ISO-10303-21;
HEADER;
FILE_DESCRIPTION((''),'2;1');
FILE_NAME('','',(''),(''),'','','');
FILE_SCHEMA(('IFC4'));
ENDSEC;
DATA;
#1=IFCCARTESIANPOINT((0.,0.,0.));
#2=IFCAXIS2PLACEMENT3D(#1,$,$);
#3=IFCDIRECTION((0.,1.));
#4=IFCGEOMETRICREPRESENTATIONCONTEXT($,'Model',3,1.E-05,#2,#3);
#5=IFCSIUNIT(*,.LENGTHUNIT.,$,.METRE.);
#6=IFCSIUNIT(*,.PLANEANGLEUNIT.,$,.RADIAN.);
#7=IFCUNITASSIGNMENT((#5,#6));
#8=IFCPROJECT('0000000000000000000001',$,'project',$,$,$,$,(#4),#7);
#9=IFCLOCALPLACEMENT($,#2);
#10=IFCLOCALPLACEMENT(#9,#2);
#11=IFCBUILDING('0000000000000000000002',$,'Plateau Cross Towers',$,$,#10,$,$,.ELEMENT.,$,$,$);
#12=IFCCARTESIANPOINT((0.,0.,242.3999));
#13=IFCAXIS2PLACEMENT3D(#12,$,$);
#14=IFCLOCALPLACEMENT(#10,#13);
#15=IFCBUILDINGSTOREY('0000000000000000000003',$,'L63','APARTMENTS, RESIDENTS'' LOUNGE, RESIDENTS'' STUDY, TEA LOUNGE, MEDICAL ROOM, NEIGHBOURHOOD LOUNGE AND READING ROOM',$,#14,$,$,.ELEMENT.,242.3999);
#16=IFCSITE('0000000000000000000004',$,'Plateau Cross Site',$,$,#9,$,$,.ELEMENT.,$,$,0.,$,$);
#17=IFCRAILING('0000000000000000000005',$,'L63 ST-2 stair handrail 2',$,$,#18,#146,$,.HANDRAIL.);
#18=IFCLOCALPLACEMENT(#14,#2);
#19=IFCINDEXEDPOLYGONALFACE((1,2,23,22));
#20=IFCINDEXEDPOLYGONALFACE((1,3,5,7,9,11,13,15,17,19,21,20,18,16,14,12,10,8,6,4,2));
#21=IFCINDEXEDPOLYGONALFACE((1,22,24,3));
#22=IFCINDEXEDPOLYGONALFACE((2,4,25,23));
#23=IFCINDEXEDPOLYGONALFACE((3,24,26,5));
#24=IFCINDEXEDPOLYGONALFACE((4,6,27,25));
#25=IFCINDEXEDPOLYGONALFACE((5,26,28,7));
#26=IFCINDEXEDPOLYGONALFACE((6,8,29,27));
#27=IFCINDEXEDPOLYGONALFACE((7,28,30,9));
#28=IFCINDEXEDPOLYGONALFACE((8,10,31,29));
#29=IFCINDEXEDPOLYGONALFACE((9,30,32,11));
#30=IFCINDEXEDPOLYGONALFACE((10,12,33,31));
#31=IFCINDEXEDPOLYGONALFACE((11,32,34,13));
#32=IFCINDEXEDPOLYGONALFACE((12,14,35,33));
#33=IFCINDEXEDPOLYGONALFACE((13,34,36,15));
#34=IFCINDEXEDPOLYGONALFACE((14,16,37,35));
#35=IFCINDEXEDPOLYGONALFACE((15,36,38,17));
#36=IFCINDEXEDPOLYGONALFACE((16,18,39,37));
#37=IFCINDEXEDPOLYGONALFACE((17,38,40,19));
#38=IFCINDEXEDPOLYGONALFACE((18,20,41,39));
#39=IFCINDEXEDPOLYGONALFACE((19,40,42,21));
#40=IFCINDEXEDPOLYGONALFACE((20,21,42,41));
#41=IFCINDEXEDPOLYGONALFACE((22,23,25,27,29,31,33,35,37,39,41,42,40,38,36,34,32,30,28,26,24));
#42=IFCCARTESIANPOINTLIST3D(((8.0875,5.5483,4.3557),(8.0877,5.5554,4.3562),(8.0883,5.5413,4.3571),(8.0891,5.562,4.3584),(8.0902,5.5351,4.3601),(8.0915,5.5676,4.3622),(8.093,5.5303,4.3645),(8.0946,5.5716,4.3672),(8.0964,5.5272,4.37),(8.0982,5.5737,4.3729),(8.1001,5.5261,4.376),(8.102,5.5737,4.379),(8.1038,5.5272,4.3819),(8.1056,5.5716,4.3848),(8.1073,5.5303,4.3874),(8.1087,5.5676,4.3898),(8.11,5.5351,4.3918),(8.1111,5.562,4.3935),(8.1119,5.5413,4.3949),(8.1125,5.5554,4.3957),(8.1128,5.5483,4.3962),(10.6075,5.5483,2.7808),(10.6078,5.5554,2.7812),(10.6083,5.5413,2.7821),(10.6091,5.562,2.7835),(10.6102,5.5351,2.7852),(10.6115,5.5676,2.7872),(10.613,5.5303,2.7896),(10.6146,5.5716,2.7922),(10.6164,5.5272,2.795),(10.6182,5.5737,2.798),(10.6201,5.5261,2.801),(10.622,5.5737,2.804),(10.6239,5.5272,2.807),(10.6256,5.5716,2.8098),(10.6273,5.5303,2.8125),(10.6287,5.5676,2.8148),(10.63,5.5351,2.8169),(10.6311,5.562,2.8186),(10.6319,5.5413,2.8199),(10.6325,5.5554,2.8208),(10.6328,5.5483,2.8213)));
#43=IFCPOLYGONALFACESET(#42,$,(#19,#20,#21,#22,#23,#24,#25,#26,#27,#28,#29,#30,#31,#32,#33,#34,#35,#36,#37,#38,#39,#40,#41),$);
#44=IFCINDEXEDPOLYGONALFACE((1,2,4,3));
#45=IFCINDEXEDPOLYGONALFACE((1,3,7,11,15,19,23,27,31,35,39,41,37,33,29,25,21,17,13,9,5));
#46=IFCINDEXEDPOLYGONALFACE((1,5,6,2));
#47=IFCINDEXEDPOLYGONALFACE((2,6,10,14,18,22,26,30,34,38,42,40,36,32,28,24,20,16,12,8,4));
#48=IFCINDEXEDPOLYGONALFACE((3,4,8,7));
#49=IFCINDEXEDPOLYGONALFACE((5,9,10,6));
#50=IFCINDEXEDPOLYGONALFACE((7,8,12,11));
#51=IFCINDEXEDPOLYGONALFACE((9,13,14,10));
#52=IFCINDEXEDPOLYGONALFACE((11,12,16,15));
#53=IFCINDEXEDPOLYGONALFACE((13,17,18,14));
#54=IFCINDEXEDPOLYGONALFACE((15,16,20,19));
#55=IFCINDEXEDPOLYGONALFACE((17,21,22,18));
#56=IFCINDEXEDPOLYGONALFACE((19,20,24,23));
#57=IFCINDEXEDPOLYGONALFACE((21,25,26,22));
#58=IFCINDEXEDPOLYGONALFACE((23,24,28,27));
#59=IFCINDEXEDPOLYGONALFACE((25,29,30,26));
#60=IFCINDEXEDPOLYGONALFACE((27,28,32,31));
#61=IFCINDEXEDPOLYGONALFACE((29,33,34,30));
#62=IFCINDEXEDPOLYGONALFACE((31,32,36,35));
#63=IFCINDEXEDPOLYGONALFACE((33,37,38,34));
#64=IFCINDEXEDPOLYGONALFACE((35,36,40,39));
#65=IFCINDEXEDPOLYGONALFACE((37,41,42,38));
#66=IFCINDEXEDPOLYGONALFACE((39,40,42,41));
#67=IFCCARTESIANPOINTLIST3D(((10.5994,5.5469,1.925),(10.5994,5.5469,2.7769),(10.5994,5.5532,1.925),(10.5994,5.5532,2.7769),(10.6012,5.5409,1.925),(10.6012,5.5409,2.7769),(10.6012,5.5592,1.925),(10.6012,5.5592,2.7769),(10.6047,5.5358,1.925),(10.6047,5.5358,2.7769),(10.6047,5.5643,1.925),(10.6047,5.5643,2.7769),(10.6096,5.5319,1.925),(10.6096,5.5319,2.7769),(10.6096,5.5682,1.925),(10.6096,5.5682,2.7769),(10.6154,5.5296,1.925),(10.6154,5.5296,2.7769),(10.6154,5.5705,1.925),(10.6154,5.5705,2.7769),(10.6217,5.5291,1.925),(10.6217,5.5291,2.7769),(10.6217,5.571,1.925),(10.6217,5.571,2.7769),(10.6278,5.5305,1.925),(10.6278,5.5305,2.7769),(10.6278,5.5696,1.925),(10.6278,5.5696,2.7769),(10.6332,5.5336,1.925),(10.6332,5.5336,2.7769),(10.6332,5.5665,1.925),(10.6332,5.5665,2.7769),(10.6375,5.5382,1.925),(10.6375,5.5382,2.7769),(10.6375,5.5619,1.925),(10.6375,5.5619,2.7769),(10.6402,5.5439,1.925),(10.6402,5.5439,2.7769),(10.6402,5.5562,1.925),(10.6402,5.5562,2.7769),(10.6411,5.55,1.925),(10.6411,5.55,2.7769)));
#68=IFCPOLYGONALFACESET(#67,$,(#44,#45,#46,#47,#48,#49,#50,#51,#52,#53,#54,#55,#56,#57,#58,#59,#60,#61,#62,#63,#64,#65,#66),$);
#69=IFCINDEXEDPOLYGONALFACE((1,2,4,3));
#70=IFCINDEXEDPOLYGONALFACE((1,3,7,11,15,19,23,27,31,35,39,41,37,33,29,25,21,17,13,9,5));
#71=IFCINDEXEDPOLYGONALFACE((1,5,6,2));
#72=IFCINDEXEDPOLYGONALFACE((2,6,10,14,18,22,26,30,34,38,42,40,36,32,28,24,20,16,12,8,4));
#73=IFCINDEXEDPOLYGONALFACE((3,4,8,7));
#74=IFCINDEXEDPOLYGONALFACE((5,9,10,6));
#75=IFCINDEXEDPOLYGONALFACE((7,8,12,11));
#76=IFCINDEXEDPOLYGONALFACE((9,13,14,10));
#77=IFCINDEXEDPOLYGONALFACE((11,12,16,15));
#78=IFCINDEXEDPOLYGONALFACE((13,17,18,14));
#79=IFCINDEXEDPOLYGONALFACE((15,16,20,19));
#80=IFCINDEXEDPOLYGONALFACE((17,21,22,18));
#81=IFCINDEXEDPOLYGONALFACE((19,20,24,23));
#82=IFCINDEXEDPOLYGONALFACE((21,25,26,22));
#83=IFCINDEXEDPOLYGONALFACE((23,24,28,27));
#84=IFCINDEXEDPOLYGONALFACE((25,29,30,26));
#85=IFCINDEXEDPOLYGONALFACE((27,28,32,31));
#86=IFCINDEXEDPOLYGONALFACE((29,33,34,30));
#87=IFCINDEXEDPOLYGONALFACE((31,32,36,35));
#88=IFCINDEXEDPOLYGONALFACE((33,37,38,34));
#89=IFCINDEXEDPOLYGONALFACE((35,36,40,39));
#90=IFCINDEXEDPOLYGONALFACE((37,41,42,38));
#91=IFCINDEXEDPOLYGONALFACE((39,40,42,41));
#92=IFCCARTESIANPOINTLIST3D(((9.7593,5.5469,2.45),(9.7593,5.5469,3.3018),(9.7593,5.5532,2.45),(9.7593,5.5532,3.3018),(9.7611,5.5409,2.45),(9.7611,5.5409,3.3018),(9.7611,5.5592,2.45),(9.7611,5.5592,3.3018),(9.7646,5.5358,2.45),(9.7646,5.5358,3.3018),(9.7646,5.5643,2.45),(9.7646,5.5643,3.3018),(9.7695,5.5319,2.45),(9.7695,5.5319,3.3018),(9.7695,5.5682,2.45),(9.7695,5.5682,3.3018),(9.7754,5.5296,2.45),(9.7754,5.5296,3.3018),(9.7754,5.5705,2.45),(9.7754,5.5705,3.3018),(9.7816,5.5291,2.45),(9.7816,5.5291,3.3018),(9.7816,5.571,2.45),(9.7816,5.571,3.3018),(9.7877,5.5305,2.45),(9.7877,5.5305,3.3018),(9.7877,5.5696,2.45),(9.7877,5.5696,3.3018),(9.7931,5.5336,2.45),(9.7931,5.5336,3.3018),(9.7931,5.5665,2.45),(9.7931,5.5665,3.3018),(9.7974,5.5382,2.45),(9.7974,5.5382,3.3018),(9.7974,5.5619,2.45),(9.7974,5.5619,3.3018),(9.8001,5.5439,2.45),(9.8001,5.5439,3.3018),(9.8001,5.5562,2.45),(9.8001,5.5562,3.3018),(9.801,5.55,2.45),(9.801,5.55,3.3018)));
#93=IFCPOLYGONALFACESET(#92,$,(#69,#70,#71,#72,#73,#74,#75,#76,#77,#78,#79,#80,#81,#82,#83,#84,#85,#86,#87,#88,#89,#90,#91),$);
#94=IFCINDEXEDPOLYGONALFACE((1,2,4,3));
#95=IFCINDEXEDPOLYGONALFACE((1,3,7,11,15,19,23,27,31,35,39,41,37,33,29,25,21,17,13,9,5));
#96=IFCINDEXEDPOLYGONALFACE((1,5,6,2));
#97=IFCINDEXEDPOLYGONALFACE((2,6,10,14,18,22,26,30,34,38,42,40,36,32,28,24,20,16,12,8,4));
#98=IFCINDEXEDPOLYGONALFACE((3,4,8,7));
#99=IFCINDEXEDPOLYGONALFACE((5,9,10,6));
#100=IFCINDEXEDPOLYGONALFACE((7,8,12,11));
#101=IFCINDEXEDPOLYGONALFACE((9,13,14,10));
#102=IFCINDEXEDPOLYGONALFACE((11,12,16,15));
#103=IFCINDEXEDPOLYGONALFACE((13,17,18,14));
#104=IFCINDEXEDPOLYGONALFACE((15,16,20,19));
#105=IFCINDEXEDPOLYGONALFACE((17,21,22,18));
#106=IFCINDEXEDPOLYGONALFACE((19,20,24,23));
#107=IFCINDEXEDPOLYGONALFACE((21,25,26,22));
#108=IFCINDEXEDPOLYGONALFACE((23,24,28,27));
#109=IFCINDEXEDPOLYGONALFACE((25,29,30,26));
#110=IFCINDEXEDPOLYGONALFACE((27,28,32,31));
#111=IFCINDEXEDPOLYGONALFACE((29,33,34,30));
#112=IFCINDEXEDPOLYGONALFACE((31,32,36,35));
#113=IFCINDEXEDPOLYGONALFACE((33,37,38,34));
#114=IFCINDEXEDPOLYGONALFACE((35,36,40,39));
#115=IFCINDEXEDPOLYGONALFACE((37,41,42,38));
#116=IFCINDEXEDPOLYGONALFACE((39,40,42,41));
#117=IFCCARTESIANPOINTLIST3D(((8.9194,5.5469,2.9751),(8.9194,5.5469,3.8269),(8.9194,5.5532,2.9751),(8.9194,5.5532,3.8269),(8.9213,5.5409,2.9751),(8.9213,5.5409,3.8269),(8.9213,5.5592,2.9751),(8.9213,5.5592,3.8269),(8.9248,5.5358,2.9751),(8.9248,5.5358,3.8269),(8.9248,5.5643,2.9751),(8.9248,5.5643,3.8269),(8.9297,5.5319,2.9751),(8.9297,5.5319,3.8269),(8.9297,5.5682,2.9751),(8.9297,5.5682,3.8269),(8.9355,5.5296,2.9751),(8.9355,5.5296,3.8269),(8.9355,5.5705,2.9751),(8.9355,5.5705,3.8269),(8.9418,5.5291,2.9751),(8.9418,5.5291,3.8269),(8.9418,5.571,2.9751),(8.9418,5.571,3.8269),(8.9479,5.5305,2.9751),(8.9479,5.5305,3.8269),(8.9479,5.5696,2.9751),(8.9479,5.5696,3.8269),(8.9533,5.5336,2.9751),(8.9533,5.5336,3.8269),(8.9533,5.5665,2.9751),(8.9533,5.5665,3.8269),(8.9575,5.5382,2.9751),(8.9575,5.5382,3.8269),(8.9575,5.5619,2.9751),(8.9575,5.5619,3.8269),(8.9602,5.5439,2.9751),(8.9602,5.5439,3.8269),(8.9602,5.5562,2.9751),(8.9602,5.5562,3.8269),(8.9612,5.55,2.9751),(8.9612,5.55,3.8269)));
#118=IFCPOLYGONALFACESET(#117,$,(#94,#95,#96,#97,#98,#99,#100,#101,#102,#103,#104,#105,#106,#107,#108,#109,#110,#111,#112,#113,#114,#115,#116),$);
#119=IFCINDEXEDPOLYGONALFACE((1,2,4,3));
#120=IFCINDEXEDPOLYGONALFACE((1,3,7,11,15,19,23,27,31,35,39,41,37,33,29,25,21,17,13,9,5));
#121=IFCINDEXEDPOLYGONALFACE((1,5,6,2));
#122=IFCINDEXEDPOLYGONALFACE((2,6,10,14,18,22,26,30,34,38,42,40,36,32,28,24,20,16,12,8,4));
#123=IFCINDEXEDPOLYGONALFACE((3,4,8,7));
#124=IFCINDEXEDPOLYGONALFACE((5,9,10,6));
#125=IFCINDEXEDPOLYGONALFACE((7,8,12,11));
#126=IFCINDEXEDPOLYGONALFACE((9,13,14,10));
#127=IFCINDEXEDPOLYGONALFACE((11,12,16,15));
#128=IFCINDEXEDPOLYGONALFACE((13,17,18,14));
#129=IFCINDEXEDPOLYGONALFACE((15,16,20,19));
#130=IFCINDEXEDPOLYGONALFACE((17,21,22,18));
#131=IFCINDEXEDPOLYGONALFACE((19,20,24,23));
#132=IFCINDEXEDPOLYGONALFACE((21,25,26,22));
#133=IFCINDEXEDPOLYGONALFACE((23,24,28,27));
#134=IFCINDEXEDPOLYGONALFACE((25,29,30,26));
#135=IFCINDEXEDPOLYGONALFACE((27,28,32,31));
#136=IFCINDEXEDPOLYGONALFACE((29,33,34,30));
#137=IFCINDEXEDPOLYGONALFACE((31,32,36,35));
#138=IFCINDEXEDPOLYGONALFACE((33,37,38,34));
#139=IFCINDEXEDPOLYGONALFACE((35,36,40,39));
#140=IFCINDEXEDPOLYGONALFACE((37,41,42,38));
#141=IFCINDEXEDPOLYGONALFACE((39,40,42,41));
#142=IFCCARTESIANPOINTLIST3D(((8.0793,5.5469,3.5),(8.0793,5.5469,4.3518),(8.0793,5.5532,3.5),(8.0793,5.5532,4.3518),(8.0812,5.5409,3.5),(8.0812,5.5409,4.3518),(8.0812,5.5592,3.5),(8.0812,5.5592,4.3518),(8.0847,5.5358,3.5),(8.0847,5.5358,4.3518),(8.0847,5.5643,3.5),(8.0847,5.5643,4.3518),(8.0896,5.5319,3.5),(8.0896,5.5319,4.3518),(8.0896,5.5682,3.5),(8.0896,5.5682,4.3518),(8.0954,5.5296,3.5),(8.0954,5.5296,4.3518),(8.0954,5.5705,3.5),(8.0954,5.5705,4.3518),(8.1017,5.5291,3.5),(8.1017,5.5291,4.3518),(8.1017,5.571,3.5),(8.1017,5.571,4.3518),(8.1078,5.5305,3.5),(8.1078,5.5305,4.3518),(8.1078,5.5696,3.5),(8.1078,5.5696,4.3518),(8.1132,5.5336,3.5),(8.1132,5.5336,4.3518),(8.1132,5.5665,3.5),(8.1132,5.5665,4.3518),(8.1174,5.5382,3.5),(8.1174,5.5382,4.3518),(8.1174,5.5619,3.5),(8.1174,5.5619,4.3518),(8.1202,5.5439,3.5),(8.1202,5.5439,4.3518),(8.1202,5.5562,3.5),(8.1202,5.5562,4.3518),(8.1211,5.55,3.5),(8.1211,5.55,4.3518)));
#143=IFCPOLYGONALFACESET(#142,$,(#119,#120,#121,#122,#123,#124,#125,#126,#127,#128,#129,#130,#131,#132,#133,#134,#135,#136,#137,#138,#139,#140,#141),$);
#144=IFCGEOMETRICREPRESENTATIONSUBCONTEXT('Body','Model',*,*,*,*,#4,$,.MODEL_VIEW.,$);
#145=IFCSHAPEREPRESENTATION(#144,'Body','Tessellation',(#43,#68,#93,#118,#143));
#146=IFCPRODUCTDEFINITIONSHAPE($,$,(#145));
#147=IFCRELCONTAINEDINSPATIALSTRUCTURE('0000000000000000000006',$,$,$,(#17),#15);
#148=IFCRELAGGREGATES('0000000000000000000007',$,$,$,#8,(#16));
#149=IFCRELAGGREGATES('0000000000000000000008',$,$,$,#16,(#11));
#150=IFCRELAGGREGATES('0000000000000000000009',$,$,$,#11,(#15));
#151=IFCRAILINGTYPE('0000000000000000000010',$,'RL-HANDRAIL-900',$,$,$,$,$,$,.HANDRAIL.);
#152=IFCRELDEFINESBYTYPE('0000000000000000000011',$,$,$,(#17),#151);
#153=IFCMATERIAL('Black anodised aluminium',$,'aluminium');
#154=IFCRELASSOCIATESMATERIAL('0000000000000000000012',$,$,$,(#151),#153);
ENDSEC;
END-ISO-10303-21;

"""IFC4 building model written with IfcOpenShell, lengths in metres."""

from ifc_helpers import new_model, si_unit, direction, frame, origin, origin_2d, place, context, subcontext, project, spatial, circle, extrude, material, type_object, element, save


model = new_model("IFC4")

# Units and contexts
model_context = context("Model", 3, precision=1e-05, world=origin(), true_north=direction((0.0, 1.0)))
body_context = subcontext(model_context, "Body", "Model", "MODEL_VIEW")
ifc_project = project(units=[si_unit("LENGTHUNIT", "METRE"), si_unit("PLANEANGLEUNIT", "RADIAN")], contexts=[model_context])

# Site, building, storey
site_placement = place(None, origin())
site = spatial("IfcSite", under=ifc_project, at=site_placement, Name="Plateau Cross Site", CompositionType="ELEMENT", RefElevation=0.0)
building_placement = place(site_placement, origin())
building = spatial("IfcBuilding", under=site, at=building_placement, Name="Plateau Cross Towers", CompositionType="ELEMENT")
storey_placement = place(building_placement, frame((0.0, 0.0, 242.3999)))
storey = spatial("IfcBuildingStorey", under=building, at=storey_placement, Name="L63", Description="APARTMENTS, RESIDENTS' LOUNGE, RESIDENTS' STUDY, TEA LOUNGE, MEDICAL ROOM, NEIGHBOURHOOD LOUNGE AND READING ROOM", CompositionType="ELEMENT", Elevation=242.3999)

# Shared definitions
ifc_material_1 = material(Name="Black anodised aluminium", Category="aluminium")

# Railing
railing_type_1 = type_object("IfcRailingType", Name="RL-HANDRAIL-900", PredefinedType="HANDRAIL", material=ifc_material_1)
railing_1_placement = place(storey_placement, frame((10.6201, 5.55, 1.925)))
element("IfcRailing", 1, at=railing_1_placement, inside=storey, type_object=railing_type_1, Name="L63 ST-2 stair handrail 2", PredefinedType="HANDRAIL", context=body_context, shape_type="SweptSolid", body=[
    extrude(circle(Radius=0.0239, at=origin_2d()), frame((0.0, 0.0, 0.876), z_axis=(-0.848008, 0.0, 0.529984), x_axis=(0.0, -1.0, 0.0)), (0.0, 0.0, 1.0), 2.9717),
    extrude(circle(Radius=0.021, at=origin_2d()), origin(), (0.0, 0.0, 1.0), 0.8518),
    extrude(circle(Radius=0.021, at=origin_2d()), frame((-0.8401, 0.0, 0.5249)), (0.0, 0.0, 1.0), 0.8518),
    extrude(circle(Radius=0.021, at=origin_2d()), frame((-1.6799, 0.0, 1.05)), (0.0, 0.0, 1.0), 0.8518),
    extrude(circle(Radius=0.021, at=origin_2d()), frame((-2.52, 0.0, 1.575)), (0.0, 0.0, 1.0), 0.8518),
])

save(model, "model.ifc")
